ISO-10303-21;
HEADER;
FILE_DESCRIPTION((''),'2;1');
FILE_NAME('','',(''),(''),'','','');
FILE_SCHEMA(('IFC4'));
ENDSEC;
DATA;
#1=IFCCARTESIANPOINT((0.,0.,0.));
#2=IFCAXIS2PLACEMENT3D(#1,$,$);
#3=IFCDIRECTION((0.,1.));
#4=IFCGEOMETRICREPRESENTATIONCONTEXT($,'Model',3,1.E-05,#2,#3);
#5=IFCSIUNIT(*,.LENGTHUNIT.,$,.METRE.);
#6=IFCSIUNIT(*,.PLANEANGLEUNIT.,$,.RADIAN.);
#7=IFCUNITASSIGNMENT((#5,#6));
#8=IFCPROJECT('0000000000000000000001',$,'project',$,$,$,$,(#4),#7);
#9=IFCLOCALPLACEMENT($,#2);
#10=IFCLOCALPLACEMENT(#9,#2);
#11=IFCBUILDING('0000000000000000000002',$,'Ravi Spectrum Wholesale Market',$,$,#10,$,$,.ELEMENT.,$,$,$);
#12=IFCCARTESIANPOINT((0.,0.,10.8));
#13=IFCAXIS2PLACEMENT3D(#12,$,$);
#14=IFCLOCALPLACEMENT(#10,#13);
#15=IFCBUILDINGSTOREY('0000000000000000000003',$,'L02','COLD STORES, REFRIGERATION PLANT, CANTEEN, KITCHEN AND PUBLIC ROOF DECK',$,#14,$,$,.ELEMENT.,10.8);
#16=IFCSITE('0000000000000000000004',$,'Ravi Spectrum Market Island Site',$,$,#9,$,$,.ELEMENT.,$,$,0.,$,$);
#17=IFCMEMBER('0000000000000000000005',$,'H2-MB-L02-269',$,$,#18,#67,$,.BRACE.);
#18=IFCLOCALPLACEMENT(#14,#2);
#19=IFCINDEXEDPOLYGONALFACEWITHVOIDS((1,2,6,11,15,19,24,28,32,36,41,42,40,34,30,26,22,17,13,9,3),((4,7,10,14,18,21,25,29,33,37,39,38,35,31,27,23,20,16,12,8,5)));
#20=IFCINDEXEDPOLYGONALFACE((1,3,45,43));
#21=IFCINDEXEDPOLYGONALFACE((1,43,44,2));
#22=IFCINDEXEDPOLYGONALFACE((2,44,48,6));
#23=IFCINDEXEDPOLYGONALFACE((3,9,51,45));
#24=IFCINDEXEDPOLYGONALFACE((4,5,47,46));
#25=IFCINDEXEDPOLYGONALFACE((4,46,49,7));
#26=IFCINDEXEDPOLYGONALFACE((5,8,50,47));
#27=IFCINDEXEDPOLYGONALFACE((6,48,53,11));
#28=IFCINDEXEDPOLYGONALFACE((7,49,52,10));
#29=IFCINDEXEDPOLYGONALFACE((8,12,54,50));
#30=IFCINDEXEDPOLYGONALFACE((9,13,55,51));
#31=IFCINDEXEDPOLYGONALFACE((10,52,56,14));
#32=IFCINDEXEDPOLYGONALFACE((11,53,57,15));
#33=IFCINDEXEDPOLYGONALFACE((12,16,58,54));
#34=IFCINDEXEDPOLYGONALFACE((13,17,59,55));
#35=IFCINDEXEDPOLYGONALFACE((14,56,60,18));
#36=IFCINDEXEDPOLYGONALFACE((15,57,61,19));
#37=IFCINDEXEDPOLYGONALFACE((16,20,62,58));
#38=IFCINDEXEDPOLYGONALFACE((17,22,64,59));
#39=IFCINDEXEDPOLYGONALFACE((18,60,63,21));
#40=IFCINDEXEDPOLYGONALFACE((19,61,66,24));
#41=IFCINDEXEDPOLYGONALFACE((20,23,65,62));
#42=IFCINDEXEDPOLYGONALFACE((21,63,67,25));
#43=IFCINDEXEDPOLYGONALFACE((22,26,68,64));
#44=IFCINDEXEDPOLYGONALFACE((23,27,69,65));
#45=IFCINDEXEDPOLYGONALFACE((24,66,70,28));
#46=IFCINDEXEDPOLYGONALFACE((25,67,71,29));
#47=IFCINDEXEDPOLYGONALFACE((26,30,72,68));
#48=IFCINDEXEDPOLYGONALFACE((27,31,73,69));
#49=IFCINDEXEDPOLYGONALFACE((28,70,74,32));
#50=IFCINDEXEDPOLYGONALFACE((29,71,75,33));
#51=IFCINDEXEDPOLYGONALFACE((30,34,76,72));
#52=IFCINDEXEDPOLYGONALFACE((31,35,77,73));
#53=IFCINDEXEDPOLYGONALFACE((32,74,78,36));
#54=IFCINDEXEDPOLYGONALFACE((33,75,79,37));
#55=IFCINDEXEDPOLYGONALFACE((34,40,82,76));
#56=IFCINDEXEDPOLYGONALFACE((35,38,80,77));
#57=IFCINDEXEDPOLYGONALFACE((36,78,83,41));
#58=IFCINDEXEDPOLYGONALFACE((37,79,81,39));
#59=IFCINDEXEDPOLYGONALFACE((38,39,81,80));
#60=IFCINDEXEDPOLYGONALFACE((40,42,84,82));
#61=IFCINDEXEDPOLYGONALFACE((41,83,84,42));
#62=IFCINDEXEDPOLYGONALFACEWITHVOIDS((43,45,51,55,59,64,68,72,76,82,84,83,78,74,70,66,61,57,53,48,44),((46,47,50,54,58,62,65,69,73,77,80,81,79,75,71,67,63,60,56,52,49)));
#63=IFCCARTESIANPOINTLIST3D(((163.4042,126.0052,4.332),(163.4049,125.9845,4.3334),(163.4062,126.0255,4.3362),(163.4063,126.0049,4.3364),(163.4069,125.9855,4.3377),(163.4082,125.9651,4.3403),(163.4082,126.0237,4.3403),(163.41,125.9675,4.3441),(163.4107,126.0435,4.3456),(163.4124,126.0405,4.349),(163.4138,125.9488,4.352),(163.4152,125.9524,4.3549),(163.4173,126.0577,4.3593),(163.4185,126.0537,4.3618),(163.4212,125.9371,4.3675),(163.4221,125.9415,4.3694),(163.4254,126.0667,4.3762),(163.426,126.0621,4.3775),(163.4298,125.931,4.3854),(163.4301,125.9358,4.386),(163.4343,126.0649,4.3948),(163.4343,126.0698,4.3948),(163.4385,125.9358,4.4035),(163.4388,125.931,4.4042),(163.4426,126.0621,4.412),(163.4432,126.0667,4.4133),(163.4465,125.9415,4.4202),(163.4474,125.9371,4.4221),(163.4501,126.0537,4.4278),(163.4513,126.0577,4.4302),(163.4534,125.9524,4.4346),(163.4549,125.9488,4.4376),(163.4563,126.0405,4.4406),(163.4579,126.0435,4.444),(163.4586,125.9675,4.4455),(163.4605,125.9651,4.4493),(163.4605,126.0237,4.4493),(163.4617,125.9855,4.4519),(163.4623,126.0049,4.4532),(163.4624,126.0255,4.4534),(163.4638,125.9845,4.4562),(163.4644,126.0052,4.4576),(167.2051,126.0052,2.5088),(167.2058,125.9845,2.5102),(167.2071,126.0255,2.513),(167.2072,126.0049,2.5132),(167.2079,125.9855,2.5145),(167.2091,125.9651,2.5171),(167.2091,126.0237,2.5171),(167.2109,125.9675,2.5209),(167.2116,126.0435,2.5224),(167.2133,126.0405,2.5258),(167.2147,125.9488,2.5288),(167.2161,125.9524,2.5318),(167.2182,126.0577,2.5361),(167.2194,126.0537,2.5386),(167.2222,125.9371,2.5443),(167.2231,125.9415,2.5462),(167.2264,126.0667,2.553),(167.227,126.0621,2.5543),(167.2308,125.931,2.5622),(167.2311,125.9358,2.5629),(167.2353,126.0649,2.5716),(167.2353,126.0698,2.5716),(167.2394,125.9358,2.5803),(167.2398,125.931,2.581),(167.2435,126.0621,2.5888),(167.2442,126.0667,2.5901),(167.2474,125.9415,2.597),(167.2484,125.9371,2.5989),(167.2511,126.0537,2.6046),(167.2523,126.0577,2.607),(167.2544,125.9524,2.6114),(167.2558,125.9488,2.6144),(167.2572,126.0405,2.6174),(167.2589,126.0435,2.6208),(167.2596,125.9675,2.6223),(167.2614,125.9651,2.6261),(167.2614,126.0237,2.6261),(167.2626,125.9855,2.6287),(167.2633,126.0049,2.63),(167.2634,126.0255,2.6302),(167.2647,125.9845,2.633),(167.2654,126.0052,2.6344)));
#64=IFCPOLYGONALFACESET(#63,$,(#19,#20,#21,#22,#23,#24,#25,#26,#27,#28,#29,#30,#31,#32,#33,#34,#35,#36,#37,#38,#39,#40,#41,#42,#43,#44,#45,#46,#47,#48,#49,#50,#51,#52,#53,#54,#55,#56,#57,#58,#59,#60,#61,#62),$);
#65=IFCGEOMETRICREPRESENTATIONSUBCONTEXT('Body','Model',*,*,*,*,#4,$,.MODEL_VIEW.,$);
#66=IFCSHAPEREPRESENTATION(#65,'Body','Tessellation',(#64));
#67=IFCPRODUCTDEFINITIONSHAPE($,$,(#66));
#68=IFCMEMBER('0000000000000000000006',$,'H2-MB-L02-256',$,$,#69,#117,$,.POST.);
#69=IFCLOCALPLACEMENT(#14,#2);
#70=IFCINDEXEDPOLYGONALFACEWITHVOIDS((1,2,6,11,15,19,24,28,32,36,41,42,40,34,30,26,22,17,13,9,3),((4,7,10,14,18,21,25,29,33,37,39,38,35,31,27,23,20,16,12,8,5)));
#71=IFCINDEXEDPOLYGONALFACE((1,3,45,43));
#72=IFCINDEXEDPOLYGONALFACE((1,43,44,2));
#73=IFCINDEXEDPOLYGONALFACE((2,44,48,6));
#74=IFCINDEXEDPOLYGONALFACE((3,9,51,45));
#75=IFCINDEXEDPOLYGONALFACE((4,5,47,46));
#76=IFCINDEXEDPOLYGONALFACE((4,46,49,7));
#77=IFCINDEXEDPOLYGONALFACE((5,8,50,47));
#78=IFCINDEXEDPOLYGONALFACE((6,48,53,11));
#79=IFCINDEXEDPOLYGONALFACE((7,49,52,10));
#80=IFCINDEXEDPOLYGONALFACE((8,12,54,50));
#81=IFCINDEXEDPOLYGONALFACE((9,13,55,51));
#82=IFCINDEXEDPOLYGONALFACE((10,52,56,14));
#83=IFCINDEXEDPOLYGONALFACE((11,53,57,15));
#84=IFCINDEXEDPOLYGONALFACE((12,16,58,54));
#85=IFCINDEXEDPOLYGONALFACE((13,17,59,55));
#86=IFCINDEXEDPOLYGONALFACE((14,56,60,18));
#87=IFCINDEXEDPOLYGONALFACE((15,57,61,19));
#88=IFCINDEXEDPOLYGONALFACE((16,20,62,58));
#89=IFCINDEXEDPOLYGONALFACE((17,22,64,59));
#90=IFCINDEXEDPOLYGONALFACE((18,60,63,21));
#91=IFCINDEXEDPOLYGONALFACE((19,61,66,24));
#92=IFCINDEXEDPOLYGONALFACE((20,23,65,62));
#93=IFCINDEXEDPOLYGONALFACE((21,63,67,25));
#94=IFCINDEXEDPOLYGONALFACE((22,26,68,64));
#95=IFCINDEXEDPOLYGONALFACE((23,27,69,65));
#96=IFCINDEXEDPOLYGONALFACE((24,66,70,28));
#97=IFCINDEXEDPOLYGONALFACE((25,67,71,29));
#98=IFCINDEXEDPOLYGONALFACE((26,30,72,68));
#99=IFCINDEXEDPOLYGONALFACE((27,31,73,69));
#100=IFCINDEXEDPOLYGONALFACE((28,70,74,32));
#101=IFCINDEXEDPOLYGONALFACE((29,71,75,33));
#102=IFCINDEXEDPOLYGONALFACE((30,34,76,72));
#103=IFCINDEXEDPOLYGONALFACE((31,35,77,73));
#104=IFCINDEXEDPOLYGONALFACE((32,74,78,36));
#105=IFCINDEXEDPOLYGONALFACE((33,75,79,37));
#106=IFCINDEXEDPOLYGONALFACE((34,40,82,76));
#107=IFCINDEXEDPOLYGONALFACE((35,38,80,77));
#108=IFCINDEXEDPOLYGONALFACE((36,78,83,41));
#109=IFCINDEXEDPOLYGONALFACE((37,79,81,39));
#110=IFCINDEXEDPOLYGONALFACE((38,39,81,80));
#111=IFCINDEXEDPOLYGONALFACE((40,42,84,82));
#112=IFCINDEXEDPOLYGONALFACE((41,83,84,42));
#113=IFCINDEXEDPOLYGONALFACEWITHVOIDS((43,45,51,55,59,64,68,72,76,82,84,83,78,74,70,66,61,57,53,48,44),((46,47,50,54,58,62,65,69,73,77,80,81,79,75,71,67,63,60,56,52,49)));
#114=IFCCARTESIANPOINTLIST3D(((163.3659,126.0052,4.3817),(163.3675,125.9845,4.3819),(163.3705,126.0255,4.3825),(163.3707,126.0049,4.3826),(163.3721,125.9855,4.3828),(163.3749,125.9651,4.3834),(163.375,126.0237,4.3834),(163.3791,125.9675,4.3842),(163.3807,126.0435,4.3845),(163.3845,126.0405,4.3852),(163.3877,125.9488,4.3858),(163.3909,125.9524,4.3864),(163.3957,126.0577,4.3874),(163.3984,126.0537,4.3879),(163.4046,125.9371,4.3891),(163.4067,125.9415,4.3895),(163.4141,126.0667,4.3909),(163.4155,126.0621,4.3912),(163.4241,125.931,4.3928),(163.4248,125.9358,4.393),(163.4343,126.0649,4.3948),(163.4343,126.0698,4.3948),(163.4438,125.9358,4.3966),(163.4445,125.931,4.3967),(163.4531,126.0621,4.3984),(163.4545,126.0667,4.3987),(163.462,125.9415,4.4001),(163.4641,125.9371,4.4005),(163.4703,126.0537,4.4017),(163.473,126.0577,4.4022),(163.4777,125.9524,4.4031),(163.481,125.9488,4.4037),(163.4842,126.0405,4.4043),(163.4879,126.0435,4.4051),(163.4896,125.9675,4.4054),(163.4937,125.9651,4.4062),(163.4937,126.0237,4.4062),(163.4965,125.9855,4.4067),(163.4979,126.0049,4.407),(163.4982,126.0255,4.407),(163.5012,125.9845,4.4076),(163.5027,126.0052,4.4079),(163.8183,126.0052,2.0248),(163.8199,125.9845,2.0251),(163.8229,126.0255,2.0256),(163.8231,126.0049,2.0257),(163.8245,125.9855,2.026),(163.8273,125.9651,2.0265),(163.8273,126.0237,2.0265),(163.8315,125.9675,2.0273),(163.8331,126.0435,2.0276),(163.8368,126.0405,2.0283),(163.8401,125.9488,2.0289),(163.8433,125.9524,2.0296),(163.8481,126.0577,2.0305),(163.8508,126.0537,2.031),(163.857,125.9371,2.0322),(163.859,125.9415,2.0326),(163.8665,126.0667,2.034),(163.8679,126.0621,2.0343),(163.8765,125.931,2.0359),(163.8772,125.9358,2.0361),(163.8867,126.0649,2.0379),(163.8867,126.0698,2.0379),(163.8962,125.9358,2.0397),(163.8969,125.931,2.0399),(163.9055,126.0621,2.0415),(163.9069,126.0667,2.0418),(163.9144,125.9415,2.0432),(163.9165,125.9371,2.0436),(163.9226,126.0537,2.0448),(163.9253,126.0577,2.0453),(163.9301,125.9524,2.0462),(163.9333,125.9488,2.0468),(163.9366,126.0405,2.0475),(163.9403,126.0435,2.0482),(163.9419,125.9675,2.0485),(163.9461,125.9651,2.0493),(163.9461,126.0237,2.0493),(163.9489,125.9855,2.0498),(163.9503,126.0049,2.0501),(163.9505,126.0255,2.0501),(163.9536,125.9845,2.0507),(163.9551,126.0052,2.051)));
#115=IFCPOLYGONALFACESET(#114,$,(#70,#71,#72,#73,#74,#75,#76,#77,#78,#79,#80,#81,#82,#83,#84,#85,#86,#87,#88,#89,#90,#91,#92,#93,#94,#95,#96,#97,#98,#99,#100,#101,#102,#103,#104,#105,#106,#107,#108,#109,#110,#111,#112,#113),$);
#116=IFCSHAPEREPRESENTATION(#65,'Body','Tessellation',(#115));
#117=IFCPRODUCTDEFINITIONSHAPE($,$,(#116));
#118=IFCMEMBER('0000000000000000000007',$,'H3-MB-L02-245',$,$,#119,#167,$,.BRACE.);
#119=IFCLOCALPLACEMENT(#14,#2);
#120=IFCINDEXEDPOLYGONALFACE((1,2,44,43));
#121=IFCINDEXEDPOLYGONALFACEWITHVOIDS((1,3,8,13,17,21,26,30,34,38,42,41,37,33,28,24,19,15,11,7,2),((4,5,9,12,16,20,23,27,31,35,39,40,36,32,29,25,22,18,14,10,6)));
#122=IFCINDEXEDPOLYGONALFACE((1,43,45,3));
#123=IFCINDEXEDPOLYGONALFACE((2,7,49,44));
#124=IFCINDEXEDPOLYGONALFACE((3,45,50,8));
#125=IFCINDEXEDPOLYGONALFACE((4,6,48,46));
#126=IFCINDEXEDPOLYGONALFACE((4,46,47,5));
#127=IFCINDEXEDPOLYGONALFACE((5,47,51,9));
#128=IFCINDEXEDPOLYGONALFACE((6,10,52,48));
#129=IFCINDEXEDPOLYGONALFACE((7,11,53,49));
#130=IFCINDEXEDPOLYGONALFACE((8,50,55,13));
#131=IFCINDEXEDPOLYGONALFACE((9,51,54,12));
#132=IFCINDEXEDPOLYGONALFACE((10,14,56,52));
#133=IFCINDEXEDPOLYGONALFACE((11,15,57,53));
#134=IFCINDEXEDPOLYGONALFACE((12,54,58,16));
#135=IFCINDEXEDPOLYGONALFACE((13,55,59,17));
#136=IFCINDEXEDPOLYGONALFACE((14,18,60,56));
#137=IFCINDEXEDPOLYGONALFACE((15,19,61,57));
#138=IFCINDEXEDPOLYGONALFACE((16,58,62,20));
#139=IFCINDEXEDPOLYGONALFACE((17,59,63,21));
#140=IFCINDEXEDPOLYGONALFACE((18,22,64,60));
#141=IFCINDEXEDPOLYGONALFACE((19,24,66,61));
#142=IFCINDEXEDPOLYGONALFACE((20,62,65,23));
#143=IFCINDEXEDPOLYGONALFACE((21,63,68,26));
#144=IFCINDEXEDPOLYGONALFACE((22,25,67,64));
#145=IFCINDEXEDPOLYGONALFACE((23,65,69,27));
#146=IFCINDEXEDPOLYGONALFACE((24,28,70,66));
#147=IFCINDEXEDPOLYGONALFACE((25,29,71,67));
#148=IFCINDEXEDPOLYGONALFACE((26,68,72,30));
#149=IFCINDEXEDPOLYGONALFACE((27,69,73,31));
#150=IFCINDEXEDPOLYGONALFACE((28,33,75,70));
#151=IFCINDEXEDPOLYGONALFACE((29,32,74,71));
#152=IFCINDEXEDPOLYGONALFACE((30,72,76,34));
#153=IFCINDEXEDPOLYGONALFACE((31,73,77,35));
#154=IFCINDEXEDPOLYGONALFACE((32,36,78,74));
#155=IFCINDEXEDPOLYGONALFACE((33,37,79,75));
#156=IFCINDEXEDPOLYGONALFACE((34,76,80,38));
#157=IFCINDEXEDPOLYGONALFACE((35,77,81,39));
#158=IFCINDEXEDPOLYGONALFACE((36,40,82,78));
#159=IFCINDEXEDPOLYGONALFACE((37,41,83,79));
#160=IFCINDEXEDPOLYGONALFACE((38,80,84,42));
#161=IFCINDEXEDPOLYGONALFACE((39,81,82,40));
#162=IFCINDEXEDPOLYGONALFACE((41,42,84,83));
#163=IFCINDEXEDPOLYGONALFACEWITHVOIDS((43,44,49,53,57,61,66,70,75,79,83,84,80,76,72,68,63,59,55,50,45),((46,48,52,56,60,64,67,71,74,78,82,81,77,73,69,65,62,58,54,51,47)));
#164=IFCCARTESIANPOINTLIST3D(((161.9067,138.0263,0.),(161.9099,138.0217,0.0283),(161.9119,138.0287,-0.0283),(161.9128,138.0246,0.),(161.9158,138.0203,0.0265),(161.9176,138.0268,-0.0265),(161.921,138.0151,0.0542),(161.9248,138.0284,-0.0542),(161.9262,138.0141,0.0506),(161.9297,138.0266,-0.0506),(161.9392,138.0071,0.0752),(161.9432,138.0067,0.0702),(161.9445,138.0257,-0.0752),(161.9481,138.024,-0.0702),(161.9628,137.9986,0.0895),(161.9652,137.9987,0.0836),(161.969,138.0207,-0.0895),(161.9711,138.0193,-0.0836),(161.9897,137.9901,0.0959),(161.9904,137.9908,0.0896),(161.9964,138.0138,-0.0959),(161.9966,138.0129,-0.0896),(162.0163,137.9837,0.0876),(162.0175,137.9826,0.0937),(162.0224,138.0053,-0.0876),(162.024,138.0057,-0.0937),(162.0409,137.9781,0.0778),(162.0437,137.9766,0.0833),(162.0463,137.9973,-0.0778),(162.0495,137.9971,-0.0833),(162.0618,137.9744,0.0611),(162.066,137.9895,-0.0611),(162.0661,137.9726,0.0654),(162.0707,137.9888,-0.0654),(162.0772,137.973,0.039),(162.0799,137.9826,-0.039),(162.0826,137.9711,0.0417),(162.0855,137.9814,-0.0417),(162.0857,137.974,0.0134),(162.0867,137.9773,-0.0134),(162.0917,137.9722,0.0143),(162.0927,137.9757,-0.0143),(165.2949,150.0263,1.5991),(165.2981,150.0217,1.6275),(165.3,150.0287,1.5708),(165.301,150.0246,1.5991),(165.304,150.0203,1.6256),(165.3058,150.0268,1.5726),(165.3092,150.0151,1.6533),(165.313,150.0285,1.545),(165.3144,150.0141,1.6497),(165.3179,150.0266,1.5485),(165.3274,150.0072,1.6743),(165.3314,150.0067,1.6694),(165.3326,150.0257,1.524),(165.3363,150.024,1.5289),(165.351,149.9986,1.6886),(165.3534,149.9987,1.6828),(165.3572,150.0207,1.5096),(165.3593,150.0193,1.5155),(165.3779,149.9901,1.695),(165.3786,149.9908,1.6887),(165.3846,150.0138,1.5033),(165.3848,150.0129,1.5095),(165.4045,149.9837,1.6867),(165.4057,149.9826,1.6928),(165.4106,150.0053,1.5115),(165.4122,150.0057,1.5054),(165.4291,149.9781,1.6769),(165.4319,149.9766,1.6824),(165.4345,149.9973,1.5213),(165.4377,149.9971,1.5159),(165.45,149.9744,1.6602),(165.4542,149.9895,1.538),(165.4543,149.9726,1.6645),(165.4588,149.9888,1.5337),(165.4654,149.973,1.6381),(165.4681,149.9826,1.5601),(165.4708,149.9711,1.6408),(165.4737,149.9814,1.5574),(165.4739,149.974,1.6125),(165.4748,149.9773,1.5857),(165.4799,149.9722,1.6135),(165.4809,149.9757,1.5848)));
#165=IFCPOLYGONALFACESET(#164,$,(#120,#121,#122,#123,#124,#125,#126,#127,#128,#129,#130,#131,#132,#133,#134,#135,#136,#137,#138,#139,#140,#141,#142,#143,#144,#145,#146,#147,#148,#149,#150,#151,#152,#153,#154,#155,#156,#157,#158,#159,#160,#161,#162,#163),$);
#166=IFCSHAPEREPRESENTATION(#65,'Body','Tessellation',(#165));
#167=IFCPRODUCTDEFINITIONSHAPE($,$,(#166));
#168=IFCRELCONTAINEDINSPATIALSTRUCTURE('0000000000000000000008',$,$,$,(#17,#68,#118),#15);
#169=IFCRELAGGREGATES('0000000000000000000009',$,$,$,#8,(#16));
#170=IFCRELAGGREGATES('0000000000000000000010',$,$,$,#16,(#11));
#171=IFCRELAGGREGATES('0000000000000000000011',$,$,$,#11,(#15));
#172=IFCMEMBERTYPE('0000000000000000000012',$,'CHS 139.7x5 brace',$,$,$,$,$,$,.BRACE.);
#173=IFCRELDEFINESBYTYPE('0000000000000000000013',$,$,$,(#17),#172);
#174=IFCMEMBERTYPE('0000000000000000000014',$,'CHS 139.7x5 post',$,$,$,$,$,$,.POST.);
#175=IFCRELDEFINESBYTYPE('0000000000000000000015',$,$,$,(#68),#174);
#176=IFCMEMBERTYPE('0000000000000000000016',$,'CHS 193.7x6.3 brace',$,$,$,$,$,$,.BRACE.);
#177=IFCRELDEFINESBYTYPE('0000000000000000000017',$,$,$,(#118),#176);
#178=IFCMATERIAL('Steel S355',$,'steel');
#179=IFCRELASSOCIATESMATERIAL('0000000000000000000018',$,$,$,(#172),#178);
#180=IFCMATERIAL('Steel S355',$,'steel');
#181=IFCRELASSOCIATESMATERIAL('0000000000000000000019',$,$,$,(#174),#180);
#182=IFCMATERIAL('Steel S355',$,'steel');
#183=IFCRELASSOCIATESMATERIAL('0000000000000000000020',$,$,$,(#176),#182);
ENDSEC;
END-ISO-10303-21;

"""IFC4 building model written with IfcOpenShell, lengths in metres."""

from ifc_helpers import new_model, si_unit, direction, frame, origin, origin_2d, place, context, subcontext, project, spatial, hollow_circle, extrude, material, material_profile, profile_set, type_object, element, save


model = new_model("IFC4")

# Units and contexts
model_context = context("Model", 3, precision=1e-05, world=origin(), true_north=direction((0.0, 1.0)))
body_context = subcontext(model_context, "Body", "Model", "MODEL_VIEW")
ifc_project = project(units=[si_unit("LENGTHUNIT", "METRE"), si_unit("PLANEANGLEUNIT", "RADIAN")], contexts=[model_context])

# Site, building, storey
site_placement = place(None, origin())
site = spatial("IfcSite", under=ifc_project, at=site_placement, Name="Ravi Spectrum Market Island Site", CompositionType="ELEMENT", RefElevation=0.0)
building_placement = place(site_placement, origin())
building = spatial("IfcBuilding", under=site, at=building_placement, Name="Ravi Spectrum Wholesale Market", CompositionType="ELEMENT")
storey_placement = place(building_placement, frame((0.0, 0.0, 10.8)))
storey = spatial("IfcBuildingStorey", under=building, at=storey_placement, Name="L02", Description="COLD STORES, REFRIGERATION PLANT, CANTEEN, KITCHEN AND PUBLIC ROOF DECK", CompositionType="ELEMENT", Elevation=10.8)

# Members
ifc_material_1 = material(Name="Steel S355", Category="steel")
ifc_material_profile_1 = material_profile(ifc_material_1, hollow_circle(Radius=0.0698, WallThickness=0.0049, at=origin_2d()))
ifc_profile_set_1 = profile_set([ifc_material_profile_1], Name="Steel S355")
member_type_1 = type_object("IfcMemberType", Name="CHS 139.7x5 brace", PredefinedType="BRACE", material=ifc_profile_set_1)
member_1_placement = place(storey_placement, frame((163.4343, 126.0, 4.3948), z_axis=(0.901639, 0.0, -0.43249), x_axis=(0.0, 1.0, 0.0)))
element("IfcMember", 1, at=member_1_placement, inside=storey, type_object=member_type_1, Name="H2-MB-L02-269", PredefinedType="BRACE", context=body_context, shape_type="SweptSolid", body=[
    extrude(hollow_circle(Radius=0.0698, WallThickness=0.0049, at=origin_2d()), origin(), (0.0, 0.0, 1.0), 4.2156),
])
ifc_material_2 = material(Name="Steel S355", Category="steel")
ifc_material_profile_2 = material_profile(ifc_material_2, hollow_circle(Radius=0.0698, WallThickness=0.0049, at=origin_2d()))
ifc_profile_set_2 = profile_set([ifc_material_profile_2], Name="Steel S355")
member_type_2 = type_object("IfcMemberType", Name="CHS 139.7x5 post", PredefinedType="POST", material=ifc_profile_set_2)
member_2_placement = place(storey_placement, frame((163.4343, 126.0, 4.3948), z_axis=(0.1885, 0.0, -0.982073), x_axis=(0.0, 1.0, 0.0)))
element("IfcMember", 2, at=member_2_placement, inside=storey, type_object=member_type_2, Name="H2-MB-L02-256", PredefinedType="POST", context=body_context, shape_type="SweptSolid", body=[
    extrude(hollow_circle(Radius=0.0698, WallThickness=0.0049, at=origin_2d()), origin(), (0.0, 0.0, 1.0), 2.3999),
])
ifc_material_3 = material(Name="Steel S355", Category="steel")
ifc_material_profile_3 = material_profile(ifc_material_3, hollow_circle(Radius=0.0969, WallThickness=0.0063, at=origin_2d()))
ifc_profile_set_3 = profile_set([ifc_material_profile_3], Name="Steel S355")
member_type_3 = type_object("IfcMemberType", Name="CHS 193.7x6.3 brace", PredefinedType="BRACE", material=ifc_profile_set_3)
for number, where, z_axis, x_axis, name in (
    (3, (162.0, 138.0, 0.0), (0.269518, 0.954557, 0.127204), (-0.962375, 0.271725, 0.0), "H3-MB-L02-245"),
):
    element("IfcMember", number, at=place(storey_placement, frame(where, z_axis=z_axis, x_axis=x_axis)), inside=storey, type_object=member_type_3, Name=name, PredefinedType="BRACE", context=body_context, shape_type="SweptSolid", body=[
        extrude(hollow_circle(Radius=0.0969, WallThickness=0.0063, at=origin_2d()), origin(), (0.0, 0.0, 1.0), 12.5713),
    ])

save(model, "model.ifc")
